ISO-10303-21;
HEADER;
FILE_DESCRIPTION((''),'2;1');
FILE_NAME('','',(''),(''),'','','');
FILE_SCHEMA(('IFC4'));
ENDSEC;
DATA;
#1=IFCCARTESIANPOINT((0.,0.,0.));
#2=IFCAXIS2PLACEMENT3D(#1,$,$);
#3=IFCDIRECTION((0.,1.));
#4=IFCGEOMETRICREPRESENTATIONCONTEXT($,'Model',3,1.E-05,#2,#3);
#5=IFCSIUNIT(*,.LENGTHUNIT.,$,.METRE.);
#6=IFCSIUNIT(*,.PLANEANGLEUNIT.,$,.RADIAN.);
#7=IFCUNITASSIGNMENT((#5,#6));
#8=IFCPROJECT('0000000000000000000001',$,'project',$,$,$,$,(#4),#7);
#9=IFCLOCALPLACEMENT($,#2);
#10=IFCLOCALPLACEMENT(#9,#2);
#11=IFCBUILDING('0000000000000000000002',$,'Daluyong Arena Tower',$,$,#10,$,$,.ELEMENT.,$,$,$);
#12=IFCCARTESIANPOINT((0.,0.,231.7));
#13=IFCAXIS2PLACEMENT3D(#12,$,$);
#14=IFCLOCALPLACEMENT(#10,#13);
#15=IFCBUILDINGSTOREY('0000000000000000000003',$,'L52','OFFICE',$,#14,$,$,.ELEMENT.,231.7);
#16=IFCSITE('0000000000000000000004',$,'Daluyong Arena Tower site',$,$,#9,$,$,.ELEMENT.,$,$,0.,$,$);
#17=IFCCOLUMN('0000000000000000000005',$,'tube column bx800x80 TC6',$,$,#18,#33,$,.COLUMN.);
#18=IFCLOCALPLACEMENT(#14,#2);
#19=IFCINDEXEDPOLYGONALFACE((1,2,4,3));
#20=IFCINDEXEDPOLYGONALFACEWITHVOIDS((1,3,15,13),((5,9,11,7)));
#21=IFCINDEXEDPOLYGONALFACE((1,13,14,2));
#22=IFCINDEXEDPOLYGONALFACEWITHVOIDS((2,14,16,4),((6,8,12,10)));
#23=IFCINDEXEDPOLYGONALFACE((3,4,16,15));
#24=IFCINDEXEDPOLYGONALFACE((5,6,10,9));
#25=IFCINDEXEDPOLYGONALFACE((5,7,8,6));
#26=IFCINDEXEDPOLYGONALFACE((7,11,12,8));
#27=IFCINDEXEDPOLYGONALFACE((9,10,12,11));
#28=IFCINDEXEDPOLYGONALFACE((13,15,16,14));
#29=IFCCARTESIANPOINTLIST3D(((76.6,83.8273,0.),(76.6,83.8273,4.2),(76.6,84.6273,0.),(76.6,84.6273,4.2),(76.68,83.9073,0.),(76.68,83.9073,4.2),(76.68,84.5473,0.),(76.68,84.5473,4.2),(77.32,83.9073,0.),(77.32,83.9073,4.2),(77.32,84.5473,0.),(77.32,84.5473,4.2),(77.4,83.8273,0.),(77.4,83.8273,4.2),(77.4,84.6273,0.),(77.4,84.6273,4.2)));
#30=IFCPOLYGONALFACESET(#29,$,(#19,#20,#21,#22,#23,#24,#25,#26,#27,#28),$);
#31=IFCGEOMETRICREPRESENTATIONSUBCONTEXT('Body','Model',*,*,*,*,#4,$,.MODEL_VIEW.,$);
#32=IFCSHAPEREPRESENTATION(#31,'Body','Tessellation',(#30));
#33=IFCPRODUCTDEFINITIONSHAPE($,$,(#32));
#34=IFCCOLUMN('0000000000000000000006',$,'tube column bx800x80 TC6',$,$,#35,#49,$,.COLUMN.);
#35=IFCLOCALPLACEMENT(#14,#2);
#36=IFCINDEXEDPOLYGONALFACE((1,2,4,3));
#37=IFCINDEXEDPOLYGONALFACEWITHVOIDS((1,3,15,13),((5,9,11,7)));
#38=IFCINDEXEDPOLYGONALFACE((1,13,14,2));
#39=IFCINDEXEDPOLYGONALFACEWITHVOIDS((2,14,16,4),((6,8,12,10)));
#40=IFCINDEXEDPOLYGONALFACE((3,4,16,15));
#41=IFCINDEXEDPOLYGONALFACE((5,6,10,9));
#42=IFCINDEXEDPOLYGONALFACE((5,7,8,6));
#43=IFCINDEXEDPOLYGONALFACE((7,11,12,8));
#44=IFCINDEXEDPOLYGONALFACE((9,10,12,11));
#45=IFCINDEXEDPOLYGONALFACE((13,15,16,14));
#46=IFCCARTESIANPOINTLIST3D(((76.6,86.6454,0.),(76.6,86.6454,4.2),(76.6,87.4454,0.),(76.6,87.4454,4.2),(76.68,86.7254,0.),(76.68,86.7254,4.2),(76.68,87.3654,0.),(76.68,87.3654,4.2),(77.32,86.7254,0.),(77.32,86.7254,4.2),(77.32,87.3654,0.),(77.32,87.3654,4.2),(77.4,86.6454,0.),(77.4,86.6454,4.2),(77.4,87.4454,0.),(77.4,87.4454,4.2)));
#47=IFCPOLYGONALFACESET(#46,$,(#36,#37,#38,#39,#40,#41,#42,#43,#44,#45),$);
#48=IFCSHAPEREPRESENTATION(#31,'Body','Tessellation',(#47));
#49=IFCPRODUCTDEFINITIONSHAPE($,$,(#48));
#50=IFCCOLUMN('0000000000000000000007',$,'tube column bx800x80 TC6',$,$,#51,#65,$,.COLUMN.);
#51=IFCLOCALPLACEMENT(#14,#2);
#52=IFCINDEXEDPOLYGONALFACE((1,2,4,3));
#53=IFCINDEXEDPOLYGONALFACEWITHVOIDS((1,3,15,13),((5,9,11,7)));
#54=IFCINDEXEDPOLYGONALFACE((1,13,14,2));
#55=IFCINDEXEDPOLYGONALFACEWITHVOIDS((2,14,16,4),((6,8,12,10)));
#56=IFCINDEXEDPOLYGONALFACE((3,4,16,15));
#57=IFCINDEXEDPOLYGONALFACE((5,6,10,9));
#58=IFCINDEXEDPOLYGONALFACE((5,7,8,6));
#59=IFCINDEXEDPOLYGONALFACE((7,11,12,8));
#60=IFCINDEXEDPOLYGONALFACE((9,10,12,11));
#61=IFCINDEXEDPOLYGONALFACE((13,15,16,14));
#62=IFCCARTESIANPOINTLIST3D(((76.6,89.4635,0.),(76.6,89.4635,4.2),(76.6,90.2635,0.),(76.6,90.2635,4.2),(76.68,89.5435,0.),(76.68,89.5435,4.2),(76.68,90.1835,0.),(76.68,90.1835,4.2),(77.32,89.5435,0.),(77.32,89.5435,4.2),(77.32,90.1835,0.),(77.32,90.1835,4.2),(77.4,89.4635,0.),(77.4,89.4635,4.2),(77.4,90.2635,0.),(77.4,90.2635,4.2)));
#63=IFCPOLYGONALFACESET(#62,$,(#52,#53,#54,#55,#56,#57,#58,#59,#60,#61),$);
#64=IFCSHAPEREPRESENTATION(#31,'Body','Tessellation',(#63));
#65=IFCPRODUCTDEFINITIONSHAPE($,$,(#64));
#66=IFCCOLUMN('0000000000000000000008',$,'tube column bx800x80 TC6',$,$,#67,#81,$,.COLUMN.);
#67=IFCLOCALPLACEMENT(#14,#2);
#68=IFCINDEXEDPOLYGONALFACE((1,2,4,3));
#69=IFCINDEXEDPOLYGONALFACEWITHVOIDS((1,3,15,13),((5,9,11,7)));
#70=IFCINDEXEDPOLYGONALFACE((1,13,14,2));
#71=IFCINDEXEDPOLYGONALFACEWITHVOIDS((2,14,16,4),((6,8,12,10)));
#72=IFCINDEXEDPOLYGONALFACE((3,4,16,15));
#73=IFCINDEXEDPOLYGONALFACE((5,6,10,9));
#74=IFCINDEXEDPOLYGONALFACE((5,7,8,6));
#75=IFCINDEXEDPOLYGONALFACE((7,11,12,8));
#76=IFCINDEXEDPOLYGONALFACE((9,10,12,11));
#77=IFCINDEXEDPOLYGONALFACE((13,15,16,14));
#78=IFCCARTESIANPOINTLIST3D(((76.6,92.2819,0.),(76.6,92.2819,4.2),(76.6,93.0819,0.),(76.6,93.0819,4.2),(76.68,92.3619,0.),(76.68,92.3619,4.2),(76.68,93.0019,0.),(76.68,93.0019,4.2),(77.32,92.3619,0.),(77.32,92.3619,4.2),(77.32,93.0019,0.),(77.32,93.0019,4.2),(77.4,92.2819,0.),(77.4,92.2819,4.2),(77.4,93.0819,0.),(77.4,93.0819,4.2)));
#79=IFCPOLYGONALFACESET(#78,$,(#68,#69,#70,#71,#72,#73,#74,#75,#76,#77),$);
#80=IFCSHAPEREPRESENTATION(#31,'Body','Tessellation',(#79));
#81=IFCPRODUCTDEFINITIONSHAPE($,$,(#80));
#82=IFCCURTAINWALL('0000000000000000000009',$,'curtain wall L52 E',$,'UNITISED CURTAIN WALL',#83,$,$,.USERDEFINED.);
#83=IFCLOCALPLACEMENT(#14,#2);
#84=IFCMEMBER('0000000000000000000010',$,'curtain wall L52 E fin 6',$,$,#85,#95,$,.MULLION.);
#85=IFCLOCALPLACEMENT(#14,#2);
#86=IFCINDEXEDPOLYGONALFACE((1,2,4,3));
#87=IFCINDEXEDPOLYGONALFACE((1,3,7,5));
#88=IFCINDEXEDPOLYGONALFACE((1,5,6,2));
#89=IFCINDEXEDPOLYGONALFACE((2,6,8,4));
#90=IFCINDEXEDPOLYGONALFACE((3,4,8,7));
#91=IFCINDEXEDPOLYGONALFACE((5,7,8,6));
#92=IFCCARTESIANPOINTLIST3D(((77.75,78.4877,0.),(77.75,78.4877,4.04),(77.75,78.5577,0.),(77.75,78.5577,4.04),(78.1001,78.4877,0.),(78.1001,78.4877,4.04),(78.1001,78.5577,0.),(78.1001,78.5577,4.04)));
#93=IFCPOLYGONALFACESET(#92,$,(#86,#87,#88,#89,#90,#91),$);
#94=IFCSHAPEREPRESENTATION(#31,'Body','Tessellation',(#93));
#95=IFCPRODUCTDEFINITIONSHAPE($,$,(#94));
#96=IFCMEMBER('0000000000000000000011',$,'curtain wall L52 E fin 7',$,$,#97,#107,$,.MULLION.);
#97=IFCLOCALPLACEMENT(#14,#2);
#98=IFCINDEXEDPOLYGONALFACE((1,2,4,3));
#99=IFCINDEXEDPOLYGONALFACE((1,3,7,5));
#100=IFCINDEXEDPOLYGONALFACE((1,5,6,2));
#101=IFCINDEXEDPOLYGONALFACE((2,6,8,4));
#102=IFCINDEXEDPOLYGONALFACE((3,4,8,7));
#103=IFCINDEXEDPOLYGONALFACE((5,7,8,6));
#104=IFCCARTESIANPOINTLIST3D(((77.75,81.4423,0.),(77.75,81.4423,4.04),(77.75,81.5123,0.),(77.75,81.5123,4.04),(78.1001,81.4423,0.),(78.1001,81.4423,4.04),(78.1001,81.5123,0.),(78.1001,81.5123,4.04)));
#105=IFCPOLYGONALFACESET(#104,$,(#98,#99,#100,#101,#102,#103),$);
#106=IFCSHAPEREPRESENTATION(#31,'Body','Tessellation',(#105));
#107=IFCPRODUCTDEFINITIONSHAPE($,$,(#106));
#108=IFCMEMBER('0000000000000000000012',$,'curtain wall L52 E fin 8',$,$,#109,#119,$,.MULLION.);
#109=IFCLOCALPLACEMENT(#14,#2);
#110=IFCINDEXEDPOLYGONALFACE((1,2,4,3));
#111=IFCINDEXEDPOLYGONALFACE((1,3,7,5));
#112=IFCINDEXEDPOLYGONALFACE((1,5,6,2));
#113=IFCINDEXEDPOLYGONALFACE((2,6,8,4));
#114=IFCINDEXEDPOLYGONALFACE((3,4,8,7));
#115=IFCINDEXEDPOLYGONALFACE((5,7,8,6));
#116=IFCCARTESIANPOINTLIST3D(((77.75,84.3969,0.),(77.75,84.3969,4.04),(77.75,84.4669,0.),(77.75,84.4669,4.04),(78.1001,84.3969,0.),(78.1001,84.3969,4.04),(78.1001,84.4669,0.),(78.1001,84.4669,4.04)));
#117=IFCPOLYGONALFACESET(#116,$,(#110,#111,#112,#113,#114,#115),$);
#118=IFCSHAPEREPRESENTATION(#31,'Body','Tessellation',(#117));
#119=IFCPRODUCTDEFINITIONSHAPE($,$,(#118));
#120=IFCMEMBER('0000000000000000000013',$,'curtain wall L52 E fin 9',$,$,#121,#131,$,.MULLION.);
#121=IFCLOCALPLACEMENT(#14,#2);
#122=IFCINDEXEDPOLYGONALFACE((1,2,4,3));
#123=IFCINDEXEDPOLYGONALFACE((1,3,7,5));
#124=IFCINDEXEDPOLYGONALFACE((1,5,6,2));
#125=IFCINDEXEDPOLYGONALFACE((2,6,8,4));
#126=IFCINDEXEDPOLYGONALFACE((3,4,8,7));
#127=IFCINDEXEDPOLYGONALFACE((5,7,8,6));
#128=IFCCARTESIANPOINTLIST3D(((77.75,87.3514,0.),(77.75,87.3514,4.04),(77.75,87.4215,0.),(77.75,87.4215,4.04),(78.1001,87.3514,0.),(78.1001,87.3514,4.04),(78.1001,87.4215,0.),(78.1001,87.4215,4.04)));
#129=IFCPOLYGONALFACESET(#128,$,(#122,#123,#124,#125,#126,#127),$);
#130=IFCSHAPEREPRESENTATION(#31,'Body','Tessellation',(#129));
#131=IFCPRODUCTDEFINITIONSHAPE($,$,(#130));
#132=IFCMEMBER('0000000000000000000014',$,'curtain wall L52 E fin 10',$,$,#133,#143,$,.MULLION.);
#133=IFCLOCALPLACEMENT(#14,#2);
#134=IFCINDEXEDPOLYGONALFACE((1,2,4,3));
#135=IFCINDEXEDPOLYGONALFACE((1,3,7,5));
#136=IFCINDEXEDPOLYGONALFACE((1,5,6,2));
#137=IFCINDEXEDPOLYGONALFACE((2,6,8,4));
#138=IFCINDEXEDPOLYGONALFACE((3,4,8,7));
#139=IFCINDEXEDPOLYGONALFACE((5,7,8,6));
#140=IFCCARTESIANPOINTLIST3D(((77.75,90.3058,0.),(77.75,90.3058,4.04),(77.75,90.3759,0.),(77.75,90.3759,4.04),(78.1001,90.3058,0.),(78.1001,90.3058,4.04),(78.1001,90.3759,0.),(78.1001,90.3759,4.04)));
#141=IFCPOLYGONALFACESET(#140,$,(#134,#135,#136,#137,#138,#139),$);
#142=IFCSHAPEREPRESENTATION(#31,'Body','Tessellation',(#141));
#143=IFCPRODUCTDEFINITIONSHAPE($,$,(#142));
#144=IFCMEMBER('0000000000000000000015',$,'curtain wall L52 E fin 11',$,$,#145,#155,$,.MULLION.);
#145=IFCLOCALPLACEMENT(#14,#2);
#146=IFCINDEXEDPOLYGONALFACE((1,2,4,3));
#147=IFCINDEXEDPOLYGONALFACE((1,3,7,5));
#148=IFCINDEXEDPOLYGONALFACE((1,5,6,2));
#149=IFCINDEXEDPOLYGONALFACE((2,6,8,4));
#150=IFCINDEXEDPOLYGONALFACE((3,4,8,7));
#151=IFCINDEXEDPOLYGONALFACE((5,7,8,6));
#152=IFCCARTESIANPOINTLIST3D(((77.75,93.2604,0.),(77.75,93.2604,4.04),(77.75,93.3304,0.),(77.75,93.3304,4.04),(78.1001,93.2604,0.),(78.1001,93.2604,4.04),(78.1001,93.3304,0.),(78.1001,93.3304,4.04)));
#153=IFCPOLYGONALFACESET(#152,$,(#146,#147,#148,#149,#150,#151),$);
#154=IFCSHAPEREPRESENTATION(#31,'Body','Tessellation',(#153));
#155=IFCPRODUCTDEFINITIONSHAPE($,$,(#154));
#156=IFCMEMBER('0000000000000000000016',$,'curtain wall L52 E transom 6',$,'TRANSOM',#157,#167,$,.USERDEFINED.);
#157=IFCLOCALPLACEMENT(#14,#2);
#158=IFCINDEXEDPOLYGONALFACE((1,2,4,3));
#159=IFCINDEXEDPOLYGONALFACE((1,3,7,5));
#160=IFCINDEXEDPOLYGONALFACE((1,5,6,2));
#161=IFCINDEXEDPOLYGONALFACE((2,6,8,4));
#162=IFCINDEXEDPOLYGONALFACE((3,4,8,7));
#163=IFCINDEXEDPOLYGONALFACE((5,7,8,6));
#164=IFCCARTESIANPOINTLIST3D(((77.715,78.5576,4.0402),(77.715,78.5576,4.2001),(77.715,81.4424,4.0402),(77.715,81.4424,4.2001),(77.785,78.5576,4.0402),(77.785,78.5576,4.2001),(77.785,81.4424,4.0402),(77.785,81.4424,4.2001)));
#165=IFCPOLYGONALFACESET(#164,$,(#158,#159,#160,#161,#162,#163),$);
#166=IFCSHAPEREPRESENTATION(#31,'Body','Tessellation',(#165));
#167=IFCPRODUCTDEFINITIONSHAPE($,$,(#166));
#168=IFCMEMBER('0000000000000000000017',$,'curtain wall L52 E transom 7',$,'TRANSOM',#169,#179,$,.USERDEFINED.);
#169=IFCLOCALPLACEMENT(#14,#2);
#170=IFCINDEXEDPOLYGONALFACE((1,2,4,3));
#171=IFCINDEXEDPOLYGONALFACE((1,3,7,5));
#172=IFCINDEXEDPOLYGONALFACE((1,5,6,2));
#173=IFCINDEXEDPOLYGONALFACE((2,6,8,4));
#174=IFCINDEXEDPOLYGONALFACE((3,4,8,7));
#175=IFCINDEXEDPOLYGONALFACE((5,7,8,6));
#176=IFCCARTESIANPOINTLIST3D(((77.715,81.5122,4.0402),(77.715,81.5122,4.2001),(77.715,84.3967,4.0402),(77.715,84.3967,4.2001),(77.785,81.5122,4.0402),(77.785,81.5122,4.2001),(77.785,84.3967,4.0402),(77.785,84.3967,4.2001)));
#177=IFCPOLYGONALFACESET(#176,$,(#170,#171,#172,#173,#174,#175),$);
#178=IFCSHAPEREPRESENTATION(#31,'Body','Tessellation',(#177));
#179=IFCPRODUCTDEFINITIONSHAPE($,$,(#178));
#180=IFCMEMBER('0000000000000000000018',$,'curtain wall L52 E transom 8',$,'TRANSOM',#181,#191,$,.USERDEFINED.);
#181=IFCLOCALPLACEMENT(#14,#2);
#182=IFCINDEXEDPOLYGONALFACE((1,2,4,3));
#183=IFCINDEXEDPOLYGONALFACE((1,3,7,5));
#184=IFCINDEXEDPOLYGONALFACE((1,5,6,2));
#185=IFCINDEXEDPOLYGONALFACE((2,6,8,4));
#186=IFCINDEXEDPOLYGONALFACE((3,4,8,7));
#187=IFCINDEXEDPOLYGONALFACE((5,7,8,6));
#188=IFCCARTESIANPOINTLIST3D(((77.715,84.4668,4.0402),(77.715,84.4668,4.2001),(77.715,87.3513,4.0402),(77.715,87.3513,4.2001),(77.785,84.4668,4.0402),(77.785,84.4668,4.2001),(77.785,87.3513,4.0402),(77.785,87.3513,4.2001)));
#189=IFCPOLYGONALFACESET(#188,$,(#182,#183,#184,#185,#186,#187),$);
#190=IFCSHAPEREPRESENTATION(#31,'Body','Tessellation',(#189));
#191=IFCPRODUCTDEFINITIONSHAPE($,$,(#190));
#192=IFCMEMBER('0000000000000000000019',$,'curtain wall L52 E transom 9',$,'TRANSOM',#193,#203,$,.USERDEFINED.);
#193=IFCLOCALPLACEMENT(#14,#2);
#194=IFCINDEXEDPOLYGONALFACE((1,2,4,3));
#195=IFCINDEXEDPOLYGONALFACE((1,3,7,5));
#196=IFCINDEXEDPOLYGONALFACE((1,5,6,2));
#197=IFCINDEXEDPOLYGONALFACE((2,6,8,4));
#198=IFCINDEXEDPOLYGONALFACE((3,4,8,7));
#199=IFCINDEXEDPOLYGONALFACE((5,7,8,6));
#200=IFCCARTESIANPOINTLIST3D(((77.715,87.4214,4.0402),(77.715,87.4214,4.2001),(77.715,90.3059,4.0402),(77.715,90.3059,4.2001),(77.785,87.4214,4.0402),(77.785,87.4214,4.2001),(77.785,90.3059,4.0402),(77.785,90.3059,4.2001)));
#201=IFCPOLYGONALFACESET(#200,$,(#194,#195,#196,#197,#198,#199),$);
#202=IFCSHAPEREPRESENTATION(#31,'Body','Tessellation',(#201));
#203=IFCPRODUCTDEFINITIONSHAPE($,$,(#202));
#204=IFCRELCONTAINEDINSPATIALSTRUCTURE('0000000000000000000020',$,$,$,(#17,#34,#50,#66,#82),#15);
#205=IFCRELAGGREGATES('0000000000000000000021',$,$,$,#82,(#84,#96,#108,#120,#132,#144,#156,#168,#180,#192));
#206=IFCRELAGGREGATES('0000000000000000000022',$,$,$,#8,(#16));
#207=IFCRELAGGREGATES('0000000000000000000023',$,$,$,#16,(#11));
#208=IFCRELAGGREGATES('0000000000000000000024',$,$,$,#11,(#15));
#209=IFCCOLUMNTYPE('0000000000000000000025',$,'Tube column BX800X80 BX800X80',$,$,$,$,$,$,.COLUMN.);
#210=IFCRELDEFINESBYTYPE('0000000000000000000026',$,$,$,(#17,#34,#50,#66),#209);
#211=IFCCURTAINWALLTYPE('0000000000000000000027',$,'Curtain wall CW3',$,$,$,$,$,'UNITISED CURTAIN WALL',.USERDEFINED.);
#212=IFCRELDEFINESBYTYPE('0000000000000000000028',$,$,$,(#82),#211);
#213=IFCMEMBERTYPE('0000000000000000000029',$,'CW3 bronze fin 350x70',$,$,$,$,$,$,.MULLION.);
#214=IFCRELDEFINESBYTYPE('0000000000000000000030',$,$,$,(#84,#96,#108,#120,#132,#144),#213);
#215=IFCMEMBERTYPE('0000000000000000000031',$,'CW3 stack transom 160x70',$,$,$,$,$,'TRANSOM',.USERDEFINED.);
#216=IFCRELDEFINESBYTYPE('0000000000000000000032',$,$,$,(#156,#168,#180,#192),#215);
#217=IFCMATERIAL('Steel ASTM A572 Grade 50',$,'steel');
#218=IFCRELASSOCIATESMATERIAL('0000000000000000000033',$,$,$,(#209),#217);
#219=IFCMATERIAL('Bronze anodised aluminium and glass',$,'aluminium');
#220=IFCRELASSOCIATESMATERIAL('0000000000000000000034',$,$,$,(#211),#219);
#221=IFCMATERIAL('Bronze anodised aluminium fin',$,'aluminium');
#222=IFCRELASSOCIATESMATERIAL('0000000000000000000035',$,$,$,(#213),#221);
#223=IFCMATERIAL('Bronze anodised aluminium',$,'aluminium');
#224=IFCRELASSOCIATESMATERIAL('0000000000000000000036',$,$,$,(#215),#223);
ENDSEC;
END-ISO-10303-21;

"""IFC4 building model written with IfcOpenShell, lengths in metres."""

from ifc_helpers import new_model, si_unit, direction, frame, origin, origin_2d, place, context, subcontext, project, spatial, rectangle, hollow_rectangle, extrude, material, material_profile, profile_set, type_object, element, aggregate, save


model = new_model("IFC4")

# Units and contexts
model_context = context("Model", 3, precision=1e-05, world=origin(), true_north=direction((0.0, 1.0)))
body_context = subcontext(model_context, "Body", "Model", "MODEL_VIEW")
ifc_project = project(units=[si_unit("LENGTHUNIT", "METRE"), si_unit("PLANEANGLEUNIT", "RADIAN")], contexts=[model_context])

# Site, building, storey
site_placement = place(None, origin())
site = spatial("IfcSite", under=ifc_project, at=site_placement, Name="Daluyong Arena Tower site", CompositionType="ELEMENT", RefElevation=0.0)
building_placement = place(site_placement, origin())
building = spatial("IfcBuilding", under=site, at=building_placement, Name="Daluyong Arena Tower", CompositionType="ELEMENT")
storey_placement = place(building_placement, frame((0.0, 0.0, 231.7)))
storey = spatial("IfcBuildingStorey", under=building, at=storey_placement, Name="L52", Description="OFFICE", CompositionType="ELEMENT", Elevation=231.7)

# Columns
ifc_material_1 = material(Name="Steel ASTM A572 Grade 50", Category="steel")
ifc_material_profile_1 = material_profile(ifc_material_1, hollow_rectangle(XDim=0.8, YDim=0.8, WallThickness=0.08, at=origin_2d()))
ifc_profile_set_1 = profile_set([ifc_material_profile_1], Name="Steel ASTM A572 Grade 50")
column_type = type_object("IfcColumnType", Name="Tube column BX800X80 BX800X80", PredefinedType="COLUMN", material=ifc_profile_set_1)
for number, where, z_axis, x_axis, name in (
    (1, (77.0, 84.2273, 0.0), (0.0, 0.0, 1.0), (0.0, 1.0, 0.0), "tube column bx800x80 TC6"),
    (2, (77.0, 87.0454, 0.0), (0.0, 0.0, 1.0), (0.0, 1.0, 0.0), "tube column bx800x80 TC6"),
    (3, (77.0, 89.8635, 0.0), (0.0, 0.0, 1.0), (0.0, 1.0, 0.0), "tube column bx800x80 TC6"),
    (4, (77.0, 92.6819, 0.0), (0.0, 0.0, 1.0), (0.0, 1.0, 0.0), "tube column bx800x80 TC6"),
):
    element("IfcColumn", number, at=place(storey_placement, frame(where, z_axis=z_axis, x_axis=x_axis)), inside=storey, type_object=column_type, Name=name, PredefinedType="COLUMN", context=body_context, shape_type="SweptSolid", body=[
        extrude(hollow_rectangle(XDim=0.8, YDim=0.8, WallThickness=0.08, at=origin_2d()), origin(), (0.0, 0.0, 1.0), 4.2),
    ])

# Curtain wall, members
ifc_material_2 = material(Name="Bronze anodised aluminium and glass", Category="aluminium")
curtain_wall_type = type_object("IfcCurtainWallType", Name="Curtain wall CW3", ElementType="UNITISED CURTAIN WALL", PredefinedType="USERDEFINED", material=ifc_material_2)
curtain_wall_placement = place(storey_placement, origin())
curtain_wall = element("IfcCurtainWall", 5, at=curtain_wall_placement, inside=storey, type_object=curtain_wall_type, Name="curtain wall L52 E", ObjectType="UNITISED CURTAIN WALL", PredefinedType="USERDEFINED")
ifc_material_3 = material(Name="Bronze anodised aluminium fin", Category="aluminium")
ifc_material_profile_2 = material_profile(ifc_material_3, rectangle(XDim=0.3501, YDim=0.0701, at=origin_2d()))
ifc_profile_set_2 = profile_set([ifc_material_profile_2], Name="Bronze anodised aluminium fin")
member_type_1 = type_object("IfcMemberType", Name="CW3 bronze fin 350x70", PredefinedType="MULLION", material=ifc_profile_set_2)
member_1_placement = place(storey_placement, frame((77.925, 78.5227, 0.0), z_axis=(0.0, 0.0, 1.0), x_axis=(-1.0, 0.0, 0.0)))
member_1 = element("IfcMember", 6, at=member_1_placement, type_object=member_type_1, Name="curtain wall L52 E fin 6", PredefinedType="MULLION", context=body_context, shape_type="SweptSolid", body=[
    extrude(rectangle(XDim=0.3501, YDim=0.0701, at=origin_2d()), origin(), (0.0, 0.0, 1.0), 4.04),
])
member_2_placement = place(storey_placement, frame((77.925, 81.4773, 0.0), z_axis=(0.0, 0.0, 1.0), x_axis=(-1.0, 0.0, 0.0)))
member_2 = element("IfcMember", 7, at=member_2_placement, type_object=member_type_1, Name="curtain wall L52 E fin 7", PredefinedType="MULLION", context=body_context, shape_type="SweptSolid", body=[
    extrude(rectangle(XDim=0.3501, YDim=0.0701, at=origin_2d()), origin(), (0.0, 0.0, 1.0), 4.04),
])
member_3_placement = place(storey_placement, frame((77.925, 84.4319, 0.0), z_axis=(0.0, 0.0, 1.0), x_axis=(-1.0, 0.0, 0.0)))
member_3 = element("IfcMember", 8, at=member_3_placement, type_object=member_type_1, Name="curtain wall L52 E fin 8", PredefinedType="MULLION", context=body_context, shape_type="SweptSolid", body=[
    extrude(rectangle(XDim=0.3501, YDim=0.0701, at=origin_2d()), origin(), (0.0, 0.0, 1.0), 4.04),
])
member_4_placement = place(storey_placement, frame((77.925, 87.3865, 0.0), z_axis=(0.0, 0.0, 1.0), x_axis=(-1.0, 0.0, 0.0)))
member_4 = element("IfcMember", 9, at=member_4_placement, type_object=member_type_1, Name="curtain wall L52 E fin 9", PredefinedType="MULLION", context=body_context, shape_type="SweptSolid", body=[
    extrude(rectangle(XDim=0.3501, YDim=0.0701, at=origin_2d()), origin(), (0.0, 0.0, 1.0), 4.04),
])
member_5_placement = place(storey_placement, frame((77.925, 90.3408, 0.0), z_axis=(0.0, 0.0, 1.0), x_axis=(-1.0, 0.0, 0.0)))
member_5 = element("IfcMember", 10, at=member_5_placement, type_object=member_type_1, Name="curtain wall L52 E fin 10", PredefinedType="MULLION", context=body_context, shape_type="SweptSolid", body=[
    extrude(rectangle(XDim=0.3501, YDim=0.0701, at=origin_2d()), origin(), (0.0, 0.0, 1.0), 4.04),
])
member_6_placement = place(storey_placement, frame((77.925, 93.2954, 0.0), z_axis=(0.0, 0.0, 1.0), x_axis=(-1.0, 0.0, 0.0)))
member_6 = element("IfcMember", 11, at=member_6_placement, type_object=member_type_1, Name="curtain wall L52 E fin 11", PredefinedType="MULLION", context=body_context, shape_type="SweptSolid", body=[
    extrude(rectangle(XDim=0.3501, YDim=0.0701, at=origin_2d()), origin(), (0.0, 0.0, 1.0), 4.04),
])
ifc_material_4 = material(Name="Bronze anodised aluminium", Category="aluminium")
ifc_material_profile_3 = material_profile(ifc_material_4, rectangle(XDim=0.0701, YDim=0.1599, at=origin_2d()))
ifc_profile_set_3 = profile_set([ifc_material_profile_3], Name="Bronze anodised aluminium")
member_type_2 = type_object("IfcMemberType", Name="CW3 stack transom 160x70", ElementType="TRANSOM", PredefinedType="USERDEFINED", material=ifc_profile_set_3)
member_7_placement = place(storey_placement, frame((77.75, 78.5576, 4.1201), z_axis=(0.0, 1.0, 0.0), x_axis=(-1.0, 0.0, 0.0)))
member_7 = element("IfcMember", 12, at=member_7_placement, type_object=member_type_2, Name="curtain wall L52 E transom 6", ObjectType="TRANSOM", PredefinedType="USERDEFINED", context=body_context, shape_type="SweptSolid", body=[
    extrude(rectangle(XDim=0.0701, YDim=0.1599, at=origin_2d()), origin(), (0.0, 0.0, 1.0), 2.8848),
])
member_8_placement = place(storey_placement, frame((77.75, 81.5122, 4.1201), z_axis=(0.0, 1.0, 0.0), x_axis=(-1.0, 0.0, 0.0)))
member_8 = element("IfcMember", 13, at=member_8_placement, type_object=member_type_2, Name="curtain wall L52 E transom 7", ObjectType="TRANSOM", PredefinedType="USERDEFINED", context=body_context, shape_type="SweptSolid", body=[
    extrude(rectangle(XDim=0.0701, YDim=0.1599, at=origin_2d()), origin(), (0.0, 0.0, 1.0), 2.8845),
])
member_9_placement = place(storey_placement, frame((77.75, 84.4668, 4.1201), z_axis=(0.0, 1.0, 0.0), x_axis=(-1.0, 0.0, 0.0)))
member_9 = element("IfcMember", 14, at=member_9_placement, type_object=member_type_2, Name="curtain wall L52 E transom 8", ObjectType="TRANSOM", PredefinedType="USERDEFINED", context=body_context, shape_type="SweptSolid", body=[
    extrude(rectangle(XDim=0.0701, YDim=0.1599, at=origin_2d()), origin(), (0.0, 0.0, 1.0), 2.8845),
])
member_10_placement = place(storey_placement, frame((77.75, 87.4214, 4.1201), z_axis=(0.0, 1.0, 0.0), x_axis=(-1.0, 0.0, 0.0)))
member_10 = element("IfcMember", 15, at=member_10_placement, type_object=member_type_2, Name="curtain wall L52 E transom 9", ObjectType="TRANSOM", PredefinedType="USERDEFINED", context=body_context, shape_type="SweptSolid", body=[
    extrude(rectangle(XDim=0.0701, YDim=0.1599, at=origin_2d()), origin(), (0.0, 0.0, 1.0), 2.8845),
])

aggregate(curtain_wall, [member_1, member_2, member_3, member_4, member_5, member_6, member_7, member_8, member_9, member_10])

save(model, "model.ifc")
